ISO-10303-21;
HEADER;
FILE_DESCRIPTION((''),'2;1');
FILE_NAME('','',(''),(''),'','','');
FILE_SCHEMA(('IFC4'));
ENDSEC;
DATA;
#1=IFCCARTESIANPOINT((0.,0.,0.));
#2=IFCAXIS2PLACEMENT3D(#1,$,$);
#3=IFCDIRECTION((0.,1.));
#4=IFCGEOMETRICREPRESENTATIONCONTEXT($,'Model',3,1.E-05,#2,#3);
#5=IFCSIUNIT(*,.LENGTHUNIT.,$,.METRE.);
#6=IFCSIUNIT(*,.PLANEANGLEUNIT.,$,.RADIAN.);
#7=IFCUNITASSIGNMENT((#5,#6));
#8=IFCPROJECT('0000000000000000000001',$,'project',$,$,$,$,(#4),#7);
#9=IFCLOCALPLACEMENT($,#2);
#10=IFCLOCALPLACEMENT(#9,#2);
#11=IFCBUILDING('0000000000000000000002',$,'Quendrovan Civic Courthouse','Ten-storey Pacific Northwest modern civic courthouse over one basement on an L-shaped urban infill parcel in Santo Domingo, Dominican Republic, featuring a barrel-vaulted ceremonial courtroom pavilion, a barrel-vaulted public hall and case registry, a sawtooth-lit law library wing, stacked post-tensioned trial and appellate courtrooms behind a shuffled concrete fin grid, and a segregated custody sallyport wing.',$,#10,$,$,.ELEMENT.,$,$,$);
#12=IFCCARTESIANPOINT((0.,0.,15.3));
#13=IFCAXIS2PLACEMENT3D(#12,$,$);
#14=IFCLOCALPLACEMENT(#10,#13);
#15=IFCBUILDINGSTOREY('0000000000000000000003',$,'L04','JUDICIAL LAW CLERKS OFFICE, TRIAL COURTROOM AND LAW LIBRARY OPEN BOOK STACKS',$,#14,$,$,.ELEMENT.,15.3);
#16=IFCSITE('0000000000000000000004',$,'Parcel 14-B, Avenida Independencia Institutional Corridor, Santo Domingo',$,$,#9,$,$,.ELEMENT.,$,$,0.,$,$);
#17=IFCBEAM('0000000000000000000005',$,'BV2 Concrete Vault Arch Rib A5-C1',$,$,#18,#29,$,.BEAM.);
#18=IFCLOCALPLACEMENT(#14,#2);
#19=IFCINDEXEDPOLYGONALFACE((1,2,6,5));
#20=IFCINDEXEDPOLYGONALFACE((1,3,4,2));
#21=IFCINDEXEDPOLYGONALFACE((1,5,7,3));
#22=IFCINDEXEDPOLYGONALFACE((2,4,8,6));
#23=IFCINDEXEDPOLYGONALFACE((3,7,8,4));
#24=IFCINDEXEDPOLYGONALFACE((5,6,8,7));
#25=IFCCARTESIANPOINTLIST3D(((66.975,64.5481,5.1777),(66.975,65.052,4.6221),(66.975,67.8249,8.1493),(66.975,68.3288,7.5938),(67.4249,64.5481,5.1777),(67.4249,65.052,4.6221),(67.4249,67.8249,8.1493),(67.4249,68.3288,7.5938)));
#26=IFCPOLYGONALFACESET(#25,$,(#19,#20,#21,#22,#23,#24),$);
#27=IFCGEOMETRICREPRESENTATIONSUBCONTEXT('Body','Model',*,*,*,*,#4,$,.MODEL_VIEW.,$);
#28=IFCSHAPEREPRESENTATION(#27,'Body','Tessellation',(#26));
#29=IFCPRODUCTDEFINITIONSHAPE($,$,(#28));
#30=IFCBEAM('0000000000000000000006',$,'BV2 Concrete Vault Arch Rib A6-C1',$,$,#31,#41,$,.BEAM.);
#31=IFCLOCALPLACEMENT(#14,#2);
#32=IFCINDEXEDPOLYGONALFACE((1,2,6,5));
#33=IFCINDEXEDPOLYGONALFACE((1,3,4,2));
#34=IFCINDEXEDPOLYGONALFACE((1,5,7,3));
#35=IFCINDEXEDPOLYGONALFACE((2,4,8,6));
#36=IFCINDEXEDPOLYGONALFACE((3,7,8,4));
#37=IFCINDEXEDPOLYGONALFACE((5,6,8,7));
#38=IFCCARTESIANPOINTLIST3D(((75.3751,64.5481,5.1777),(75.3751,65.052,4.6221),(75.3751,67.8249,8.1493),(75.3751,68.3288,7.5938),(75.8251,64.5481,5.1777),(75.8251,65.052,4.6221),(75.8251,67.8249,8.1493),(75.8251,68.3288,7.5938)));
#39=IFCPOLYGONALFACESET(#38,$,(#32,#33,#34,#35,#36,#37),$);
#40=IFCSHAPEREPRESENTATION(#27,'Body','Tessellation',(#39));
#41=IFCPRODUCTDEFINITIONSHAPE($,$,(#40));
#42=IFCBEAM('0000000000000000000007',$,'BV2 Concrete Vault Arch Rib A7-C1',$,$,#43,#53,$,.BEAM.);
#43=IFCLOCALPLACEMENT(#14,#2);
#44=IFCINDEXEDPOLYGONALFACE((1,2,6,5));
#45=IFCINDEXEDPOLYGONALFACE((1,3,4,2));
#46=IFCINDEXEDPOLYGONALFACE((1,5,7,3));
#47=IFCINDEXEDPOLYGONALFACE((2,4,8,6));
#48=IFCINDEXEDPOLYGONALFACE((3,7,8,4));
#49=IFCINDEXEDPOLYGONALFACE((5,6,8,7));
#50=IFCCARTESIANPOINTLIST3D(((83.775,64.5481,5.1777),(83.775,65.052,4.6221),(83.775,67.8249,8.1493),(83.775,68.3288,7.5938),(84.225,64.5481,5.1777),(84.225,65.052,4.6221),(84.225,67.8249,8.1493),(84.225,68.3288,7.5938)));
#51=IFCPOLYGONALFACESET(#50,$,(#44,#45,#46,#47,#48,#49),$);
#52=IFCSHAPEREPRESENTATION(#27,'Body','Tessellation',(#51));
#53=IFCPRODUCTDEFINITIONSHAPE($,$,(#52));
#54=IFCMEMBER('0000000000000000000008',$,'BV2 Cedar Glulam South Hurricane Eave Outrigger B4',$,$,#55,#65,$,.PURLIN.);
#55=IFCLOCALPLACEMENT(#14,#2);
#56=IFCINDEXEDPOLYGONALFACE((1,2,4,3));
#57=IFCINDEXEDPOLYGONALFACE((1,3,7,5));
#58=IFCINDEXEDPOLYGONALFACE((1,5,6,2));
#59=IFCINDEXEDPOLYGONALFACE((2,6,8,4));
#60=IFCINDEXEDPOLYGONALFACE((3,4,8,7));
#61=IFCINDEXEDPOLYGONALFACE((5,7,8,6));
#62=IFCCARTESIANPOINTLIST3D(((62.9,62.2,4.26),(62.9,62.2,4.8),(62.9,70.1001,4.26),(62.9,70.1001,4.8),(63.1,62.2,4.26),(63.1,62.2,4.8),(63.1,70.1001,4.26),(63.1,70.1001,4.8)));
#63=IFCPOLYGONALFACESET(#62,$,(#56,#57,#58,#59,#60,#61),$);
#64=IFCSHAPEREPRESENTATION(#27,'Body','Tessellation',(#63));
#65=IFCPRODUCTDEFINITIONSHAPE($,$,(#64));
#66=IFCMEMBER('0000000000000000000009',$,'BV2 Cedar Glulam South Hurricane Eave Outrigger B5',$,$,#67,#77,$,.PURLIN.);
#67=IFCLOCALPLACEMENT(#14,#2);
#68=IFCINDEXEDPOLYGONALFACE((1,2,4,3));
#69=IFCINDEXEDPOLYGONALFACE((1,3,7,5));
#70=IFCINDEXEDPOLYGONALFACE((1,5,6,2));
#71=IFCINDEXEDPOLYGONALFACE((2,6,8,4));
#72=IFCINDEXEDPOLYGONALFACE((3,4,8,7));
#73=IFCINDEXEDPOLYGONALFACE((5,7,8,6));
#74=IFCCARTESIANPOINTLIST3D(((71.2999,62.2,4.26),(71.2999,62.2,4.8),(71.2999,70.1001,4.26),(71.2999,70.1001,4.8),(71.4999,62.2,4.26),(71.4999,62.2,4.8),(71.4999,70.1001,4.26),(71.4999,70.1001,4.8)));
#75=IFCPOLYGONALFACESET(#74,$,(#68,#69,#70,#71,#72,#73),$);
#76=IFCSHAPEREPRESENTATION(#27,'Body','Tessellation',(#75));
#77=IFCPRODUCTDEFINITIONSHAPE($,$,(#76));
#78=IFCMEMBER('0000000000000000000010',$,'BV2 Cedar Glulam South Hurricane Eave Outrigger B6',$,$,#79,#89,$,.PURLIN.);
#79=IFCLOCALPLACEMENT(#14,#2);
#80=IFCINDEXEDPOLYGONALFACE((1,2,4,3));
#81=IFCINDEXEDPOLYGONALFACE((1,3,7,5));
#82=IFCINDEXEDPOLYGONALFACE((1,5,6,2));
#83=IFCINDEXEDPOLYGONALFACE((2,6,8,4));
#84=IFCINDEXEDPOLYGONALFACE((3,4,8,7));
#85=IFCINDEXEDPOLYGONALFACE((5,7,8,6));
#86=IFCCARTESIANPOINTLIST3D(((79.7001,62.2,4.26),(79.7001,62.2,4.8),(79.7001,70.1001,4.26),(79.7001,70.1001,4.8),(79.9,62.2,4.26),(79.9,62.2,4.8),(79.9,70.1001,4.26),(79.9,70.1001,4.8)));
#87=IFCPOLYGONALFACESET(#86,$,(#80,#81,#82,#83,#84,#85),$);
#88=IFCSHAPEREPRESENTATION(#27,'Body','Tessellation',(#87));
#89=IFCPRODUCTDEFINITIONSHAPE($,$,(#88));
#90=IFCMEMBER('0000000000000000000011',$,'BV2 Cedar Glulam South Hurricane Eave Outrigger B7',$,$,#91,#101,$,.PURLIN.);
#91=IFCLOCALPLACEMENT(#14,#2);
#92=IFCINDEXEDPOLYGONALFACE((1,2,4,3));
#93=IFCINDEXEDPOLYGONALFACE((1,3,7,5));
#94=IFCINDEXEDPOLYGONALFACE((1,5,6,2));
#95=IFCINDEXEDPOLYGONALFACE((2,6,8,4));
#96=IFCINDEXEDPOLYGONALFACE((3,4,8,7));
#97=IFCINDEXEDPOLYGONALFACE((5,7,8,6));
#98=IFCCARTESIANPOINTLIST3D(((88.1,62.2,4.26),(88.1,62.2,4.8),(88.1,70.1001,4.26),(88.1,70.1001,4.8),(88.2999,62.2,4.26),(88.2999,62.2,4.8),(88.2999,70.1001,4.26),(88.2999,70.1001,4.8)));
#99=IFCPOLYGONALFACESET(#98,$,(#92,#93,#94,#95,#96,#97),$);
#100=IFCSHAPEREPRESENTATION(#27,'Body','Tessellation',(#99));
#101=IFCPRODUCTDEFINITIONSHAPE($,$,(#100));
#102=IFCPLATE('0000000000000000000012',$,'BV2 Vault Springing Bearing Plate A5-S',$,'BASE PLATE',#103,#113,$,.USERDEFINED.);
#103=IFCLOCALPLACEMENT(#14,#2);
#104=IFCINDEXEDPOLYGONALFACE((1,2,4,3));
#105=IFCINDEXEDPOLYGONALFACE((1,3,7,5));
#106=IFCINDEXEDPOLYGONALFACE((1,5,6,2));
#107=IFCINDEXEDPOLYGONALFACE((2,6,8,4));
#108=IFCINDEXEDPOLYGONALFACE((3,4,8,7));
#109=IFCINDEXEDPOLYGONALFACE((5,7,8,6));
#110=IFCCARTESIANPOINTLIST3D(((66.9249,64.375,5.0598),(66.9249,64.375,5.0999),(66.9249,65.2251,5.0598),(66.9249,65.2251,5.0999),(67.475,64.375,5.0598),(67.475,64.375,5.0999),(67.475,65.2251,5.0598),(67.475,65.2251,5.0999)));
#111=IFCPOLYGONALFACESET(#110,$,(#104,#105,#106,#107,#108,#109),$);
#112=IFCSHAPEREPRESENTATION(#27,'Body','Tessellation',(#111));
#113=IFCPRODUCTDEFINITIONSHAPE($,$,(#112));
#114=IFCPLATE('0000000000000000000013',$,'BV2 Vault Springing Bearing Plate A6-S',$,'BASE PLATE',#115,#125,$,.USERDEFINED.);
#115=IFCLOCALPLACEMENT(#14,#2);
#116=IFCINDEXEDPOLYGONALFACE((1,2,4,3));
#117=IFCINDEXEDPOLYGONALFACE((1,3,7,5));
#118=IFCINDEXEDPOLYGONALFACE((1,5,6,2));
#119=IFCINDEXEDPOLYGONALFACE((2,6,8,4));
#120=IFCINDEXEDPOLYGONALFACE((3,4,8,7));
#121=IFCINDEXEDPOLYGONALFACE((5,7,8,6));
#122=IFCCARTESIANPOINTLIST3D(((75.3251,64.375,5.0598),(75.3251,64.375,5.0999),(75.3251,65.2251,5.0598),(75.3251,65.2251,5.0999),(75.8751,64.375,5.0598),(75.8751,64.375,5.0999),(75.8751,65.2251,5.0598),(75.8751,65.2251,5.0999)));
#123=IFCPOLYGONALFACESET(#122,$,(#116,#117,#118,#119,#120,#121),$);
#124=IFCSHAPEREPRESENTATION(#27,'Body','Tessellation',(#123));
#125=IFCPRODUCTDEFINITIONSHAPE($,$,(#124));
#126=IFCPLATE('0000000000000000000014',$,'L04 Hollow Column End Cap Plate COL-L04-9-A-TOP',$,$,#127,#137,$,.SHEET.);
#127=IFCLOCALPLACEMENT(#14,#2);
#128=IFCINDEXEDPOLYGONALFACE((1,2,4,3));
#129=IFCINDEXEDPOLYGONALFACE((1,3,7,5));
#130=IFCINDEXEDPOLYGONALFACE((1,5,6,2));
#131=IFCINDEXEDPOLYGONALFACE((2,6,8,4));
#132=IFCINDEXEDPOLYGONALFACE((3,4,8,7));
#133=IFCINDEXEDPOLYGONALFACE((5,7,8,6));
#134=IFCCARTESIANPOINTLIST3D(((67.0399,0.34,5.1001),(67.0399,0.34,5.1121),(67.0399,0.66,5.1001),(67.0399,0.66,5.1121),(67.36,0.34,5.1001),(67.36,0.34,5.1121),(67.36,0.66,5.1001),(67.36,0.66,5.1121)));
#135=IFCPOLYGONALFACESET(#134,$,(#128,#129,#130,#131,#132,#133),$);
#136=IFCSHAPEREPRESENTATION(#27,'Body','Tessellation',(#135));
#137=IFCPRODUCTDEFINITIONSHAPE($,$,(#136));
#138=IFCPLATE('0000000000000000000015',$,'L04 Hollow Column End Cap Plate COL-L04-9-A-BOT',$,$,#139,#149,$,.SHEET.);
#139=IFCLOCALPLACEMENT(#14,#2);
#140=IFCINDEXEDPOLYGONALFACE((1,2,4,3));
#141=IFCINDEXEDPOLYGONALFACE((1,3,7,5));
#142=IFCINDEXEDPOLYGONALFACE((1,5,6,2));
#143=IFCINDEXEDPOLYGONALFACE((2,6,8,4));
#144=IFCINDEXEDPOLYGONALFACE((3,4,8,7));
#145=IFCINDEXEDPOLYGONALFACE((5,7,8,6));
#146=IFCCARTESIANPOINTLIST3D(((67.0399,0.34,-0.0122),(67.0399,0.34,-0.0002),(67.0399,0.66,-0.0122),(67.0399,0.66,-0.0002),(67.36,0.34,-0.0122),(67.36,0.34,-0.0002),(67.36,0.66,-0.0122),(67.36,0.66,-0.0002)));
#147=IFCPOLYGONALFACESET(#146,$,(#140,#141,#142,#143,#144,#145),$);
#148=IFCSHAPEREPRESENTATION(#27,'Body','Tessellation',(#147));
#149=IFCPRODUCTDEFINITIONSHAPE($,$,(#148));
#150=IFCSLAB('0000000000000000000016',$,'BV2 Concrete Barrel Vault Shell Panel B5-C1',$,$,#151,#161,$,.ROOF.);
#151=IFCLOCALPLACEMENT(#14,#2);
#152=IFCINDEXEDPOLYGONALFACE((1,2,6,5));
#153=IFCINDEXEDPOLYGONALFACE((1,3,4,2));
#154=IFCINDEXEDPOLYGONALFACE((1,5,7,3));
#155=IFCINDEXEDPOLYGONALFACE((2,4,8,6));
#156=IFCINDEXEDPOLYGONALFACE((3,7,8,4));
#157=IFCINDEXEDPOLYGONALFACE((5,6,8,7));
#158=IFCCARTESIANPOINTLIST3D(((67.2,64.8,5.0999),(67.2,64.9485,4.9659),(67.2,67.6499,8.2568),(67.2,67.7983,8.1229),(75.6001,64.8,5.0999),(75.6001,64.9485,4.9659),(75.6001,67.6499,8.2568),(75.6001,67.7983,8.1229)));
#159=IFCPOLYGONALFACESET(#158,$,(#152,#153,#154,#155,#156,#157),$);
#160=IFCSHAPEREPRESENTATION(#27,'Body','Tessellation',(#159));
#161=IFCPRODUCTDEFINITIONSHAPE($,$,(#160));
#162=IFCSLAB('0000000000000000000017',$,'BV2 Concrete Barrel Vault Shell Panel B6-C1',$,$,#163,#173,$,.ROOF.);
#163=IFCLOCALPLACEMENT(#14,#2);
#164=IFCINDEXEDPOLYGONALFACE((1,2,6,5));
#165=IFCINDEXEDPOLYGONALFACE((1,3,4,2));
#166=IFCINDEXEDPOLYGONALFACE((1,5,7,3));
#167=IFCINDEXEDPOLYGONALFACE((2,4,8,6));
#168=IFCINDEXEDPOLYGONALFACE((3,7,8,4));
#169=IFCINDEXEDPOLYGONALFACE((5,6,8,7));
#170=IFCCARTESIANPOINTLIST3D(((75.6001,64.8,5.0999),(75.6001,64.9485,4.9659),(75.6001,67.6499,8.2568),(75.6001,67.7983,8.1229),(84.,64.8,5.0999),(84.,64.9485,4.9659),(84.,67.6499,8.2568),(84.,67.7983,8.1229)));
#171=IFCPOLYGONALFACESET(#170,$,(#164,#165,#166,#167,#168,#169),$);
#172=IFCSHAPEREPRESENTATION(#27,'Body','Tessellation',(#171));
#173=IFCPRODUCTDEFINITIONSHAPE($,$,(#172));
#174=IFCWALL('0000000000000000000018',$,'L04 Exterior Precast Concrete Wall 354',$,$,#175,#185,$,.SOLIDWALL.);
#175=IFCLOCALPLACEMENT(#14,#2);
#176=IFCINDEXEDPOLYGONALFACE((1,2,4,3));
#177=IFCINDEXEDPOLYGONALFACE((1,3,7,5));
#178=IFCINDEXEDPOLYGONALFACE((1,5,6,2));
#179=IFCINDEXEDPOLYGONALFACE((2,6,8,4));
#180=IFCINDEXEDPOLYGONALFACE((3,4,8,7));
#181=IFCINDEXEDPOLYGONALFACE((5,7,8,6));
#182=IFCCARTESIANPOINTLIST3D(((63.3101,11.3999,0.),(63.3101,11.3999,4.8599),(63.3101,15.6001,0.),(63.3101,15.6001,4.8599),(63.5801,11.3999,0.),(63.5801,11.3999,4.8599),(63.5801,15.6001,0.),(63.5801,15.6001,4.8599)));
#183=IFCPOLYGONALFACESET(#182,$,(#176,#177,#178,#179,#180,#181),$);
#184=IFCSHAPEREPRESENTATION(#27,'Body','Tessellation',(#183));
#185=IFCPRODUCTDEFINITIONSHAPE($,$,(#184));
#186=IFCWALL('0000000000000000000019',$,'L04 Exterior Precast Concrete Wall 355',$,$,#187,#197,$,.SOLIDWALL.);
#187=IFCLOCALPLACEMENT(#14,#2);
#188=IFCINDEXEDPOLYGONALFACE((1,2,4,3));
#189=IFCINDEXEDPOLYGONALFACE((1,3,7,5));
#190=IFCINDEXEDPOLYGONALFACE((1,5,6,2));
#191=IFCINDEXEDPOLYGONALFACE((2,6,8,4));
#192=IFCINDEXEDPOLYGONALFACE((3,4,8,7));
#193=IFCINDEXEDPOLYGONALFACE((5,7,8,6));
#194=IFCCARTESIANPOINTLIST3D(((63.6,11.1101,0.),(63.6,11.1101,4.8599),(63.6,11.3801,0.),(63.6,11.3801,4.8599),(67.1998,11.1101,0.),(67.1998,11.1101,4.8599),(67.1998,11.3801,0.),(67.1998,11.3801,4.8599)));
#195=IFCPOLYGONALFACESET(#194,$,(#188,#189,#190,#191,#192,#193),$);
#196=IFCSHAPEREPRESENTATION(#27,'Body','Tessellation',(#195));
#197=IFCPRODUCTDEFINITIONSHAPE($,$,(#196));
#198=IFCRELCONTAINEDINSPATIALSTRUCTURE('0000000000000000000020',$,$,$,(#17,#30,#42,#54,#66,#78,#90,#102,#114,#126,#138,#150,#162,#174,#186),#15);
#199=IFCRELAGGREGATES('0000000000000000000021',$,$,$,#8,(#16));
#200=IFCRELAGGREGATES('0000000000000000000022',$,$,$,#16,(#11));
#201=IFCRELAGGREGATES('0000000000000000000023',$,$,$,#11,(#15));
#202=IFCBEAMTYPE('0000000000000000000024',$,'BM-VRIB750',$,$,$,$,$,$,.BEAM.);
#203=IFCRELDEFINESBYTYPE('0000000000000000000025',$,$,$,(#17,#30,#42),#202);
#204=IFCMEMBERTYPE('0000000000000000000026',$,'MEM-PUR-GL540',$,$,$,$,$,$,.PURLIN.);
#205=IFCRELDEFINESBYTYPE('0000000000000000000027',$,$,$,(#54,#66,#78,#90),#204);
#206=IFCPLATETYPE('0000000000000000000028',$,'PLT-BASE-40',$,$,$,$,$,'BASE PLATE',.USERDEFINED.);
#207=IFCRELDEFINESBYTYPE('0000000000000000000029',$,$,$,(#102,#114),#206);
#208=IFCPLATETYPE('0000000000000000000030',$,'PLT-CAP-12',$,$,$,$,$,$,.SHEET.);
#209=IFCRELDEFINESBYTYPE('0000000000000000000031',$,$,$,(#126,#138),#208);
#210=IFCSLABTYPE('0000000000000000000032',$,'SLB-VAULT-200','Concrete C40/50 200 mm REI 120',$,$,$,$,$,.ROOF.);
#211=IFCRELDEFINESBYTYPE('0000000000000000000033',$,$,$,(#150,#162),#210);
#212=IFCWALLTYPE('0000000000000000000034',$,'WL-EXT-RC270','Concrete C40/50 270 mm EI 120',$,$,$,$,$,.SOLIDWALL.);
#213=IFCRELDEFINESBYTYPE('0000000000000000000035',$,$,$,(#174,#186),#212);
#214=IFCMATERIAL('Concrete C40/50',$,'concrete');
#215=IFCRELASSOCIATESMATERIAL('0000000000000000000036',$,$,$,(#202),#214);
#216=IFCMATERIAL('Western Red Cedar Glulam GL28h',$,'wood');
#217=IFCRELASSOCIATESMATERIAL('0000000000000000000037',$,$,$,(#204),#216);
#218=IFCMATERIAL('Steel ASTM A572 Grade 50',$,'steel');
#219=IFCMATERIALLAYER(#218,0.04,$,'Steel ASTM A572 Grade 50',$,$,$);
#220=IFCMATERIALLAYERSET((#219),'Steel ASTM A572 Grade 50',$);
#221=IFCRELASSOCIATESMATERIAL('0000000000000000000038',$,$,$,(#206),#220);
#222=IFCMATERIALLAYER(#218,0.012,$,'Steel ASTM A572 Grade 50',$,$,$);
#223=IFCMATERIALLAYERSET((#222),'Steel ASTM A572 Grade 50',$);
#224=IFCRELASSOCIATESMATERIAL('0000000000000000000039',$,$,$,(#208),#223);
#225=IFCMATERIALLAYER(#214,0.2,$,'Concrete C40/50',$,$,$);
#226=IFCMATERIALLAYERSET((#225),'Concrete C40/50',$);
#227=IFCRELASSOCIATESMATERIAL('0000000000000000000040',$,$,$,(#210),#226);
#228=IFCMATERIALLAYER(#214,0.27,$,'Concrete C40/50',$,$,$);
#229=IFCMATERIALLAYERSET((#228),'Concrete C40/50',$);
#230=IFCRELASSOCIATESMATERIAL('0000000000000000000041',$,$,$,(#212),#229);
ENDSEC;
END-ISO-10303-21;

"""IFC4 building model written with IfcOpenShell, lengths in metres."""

from ifc_helpers import new_model, si_unit, direction, frame, frame_2d, origin, origin_2d, place, context, subcontext, project, spatial, polyline, rectangle, outline, extrude, material, layer, layer_set, material_profile, profile_set, type_object, element, save


model = new_model("IFC4")

# Units and contexts
model_context = context("Model", 3, precision=1e-05, world=origin(), true_north=direction((0.0, 1.0)))
body_context = subcontext(model_context, "Body", "Model", "MODEL_VIEW")
ifc_project = project(units=[si_unit("LENGTHUNIT", "METRE"), si_unit("PLANEANGLEUNIT", "RADIAN")], contexts=[model_context])

# Site, building, storey
site_placement = place(None, origin())
site = spatial("IfcSite", under=ifc_project, at=site_placement, Name="Parcel 14-B, Avenida Independencia Institutional Corridor, Santo Domingo", CompositionType="ELEMENT", RefElevation=0.0)
building_placement = place(site_placement, origin())
building = spatial("IfcBuilding", under=site, at=building_placement, Name="Quendrovan Civic Courthouse", Description="Ten-storey Pacific Northwest modern civic courthouse over one basement on an L-shaped urban infill parcel in Santo Domingo, Dominican Republic, featuring a barrel-vaulted ceremonial courtroom pavilion, a barrel-vaulted public hall and case registry, a sawtooth-lit law library wing, stacked post-tensioned trial and appellate courtrooms behind a shuffled concrete fin grid, and a segregated custody sallyport wing.", CompositionType="ELEMENT")
storey_placement = place(building_placement, frame((0.0, 0.0, 15.3)))
storey = spatial("IfcBuildingStorey", under=building, at=storey_placement, Name="L04", Description="JUDICIAL LAW CLERKS OFFICE, TRIAL COURTROOM AND LAW LIBRARY OPEN BOOK STACKS", CompositionType="ELEMENT", Elevation=15.3)

# Beams
ifc_material_1 = material(Name="Concrete C40/50", Category="concrete")
ifc_material_profile_1 = material_profile(ifc_material_1, rectangle(XDim=0.45, YDim=0.75, at=origin_2d()), Name="RC-VRIB-450x750")
ifc_profile_set_1 = profile_set([ifc_material_profile_1], Name="Concrete C40/50")
beam_type_1 = type_object("IfcBeamType", Name="BM-VRIB750", PredefinedType="BEAM", material=ifc_profile_set_1)
for number, where, z_axis, x_axis, name in (
    (1, (67.2, 64.8, 4.8999), (0.0, 0.740759, 0.671771), (-1.0, 0.0, 0.0), "BV2 Concrete Vault Arch Rib A5-C1"),
    (2, (75.6001, 64.8, 4.8999), (0.0, 0.740759, 0.671771), (-1.0, 0.0, 0.0), "BV2 Concrete Vault Arch Rib A6-C1"),
    (3, (84.0, 64.8, 4.8999), (0.0, 0.740759, 0.671771), (-1.0, 0.0, 0.0), "BV2 Concrete Vault Arch Rib A7-C1"),
):
    element("IfcBeam", number, at=place(storey_placement, frame(where, z_axis=z_axis, x_axis=x_axis)), inside=storey, type_object=beam_type_1, Name=name, PredefinedType="BEAM", context=body_context, shape_type="SweptSolid", body=[
        extrude(rectangle(XDim=0.45, YDim=0.75, at=origin_2d()), origin(), (0.0, 0.0, 1.0), 4.4236),
    ])

# Members
ifc_material_2 = material(Name="Western Red Cedar Glulam GL28h", Category="wood")
ifc_material_profile_2 = material_profile(ifc_material_2, rectangle(XDim=0.2, YDim=0.54, at=origin_2d()), Name="GL28H-200x540")
ifc_profile_set_2 = profile_set([ifc_material_profile_2], Name="Western Red Cedar Glulam GL28h")
member_type = type_object("IfcMemberType", Name="MEM-PUR-GL540", PredefinedType="PURLIN", material=ifc_profile_set_2)
for number, where, z_axis, x_axis, name in (
    (4, (63.0, 62.2, 4.53), (0.0, 1.0, 0.0), (-1.0, 0.0, 0.0), "BV2 Cedar Glulam South Hurricane Eave Outrigger B4"),
    (5, (71.3999, 62.2, 4.53), (0.0, 1.0, 0.0), (-1.0, 0.0, 0.0), "BV2 Cedar Glulam South Hurricane Eave Outrigger B5"),
    (6, (79.8, 62.2, 4.53), (0.0, 1.0, 0.0), (-1.0, 0.0, 0.0), "BV2 Cedar Glulam South Hurricane Eave Outrigger B6"),
    (7, (88.2, 62.2, 4.53), (0.0, 1.0, 0.0), (-1.0, 0.0, 0.0), "BV2 Cedar Glulam South Hurricane Eave Outrigger B7"),
):
    element("IfcMember", number, at=place(storey_placement, frame(where, z_axis=z_axis, x_axis=x_axis)), inside=storey, type_object=member_type, Name=name, PredefinedType="PURLIN", context=body_context, shape_type="SweptSolid", body=[
        extrude(rectangle(XDim=0.2, YDim=0.54, at=origin_2d()), origin(), (0.0, 0.0, 1.0), 7.9001),
    ])

# Plates
ifc_material_3 = material(Name="Steel ASTM A572 Grade 50", Category="steel")
ifc_layer_1 = layer(ifc_material_3, 0.04, Name="Steel ASTM A572 Grade 50")
ifc_layer_set_1 = layer_set([ifc_layer_1], Name="Steel ASTM A572 Grade 50")
plate_type_1 = type_object("IfcPlateType", Name="PLT-BASE-40", ElementType="BASE PLATE", PredefinedType="USERDEFINED", material=ifc_layer_set_1)
for number, where, z_axis, x_axis, name in (
    (8, (67.2, 64.8, 5.0598), (0.0, 0.0, 1.0), (1.0, 0.0, 0.0), "BV2 Vault Springing Bearing Plate A5-S"),
    (9, (75.6001, 64.8, 5.0598), (0.0, 0.0, 1.0), (1.0, 0.0, 0.0), "BV2 Vault Springing Bearing Plate A6-S"),
):
    element("IfcPlate", number, at=place(storey_placement, frame(where, z_axis=z_axis, x_axis=x_axis)), inside=storey, type_object=plate_type_1, Name=name, ObjectType="BASE PLATE", PredefinedType="USERDEFINED", context=body_context, shape_type="SweptSolid", body=[
        extrude(rectangle(XDim=0.55, YDim=0.8501, at=origin_2d()), origin(), (0.0, 0.0, 1.0), 0.04),
    ])
ifc_layer_2 = layer(ifc_material_3, 0.012, Name="Steel ASTM A572 Grade 50")
ifc_layer_set_2 = layer_set([ifc_layer_2], Name="Steel ASTM A572 Grade 50")
plate_type_2 = type_object("IfcPlateType", Name="PLT-CAP-12", PredefinedType="SHEET", material=ifc_layer_set_2)
for number, where, z_axis, x_axis, name in (
    (10, (67.2, 0.5, 5.1001), (0.0, 0.0, 1.0), (1.0, 0.0, 0.0), "L04 Hollow Column End Cap Plate COL-L04-9-A-TOP"),
    (11, (67.2, 0.5, -0.0122), (0.0, 0.0, 1.0), (1.0, 0.0, 0.0), "L04 Hollow Column End Cap Plate COL-L04-9-A-BOT"),
):
    element("IfcPlate", number, at=place(storey_placement, frame(where, z_axis=z_axis, x_axis=x_axis)), inside=storey, type_object=plate_type_2, Name=name, PredefinedType="SHEET", context=body_context, shape_type="SweptSolid", body=[
        extrude(rectangle(XDim=0.3201, YDim=0.3201, at=origin_2d()), origin(), (0.0, 0.0, 1.0), 0.012),
    ])

# Slabs
ifc_layer_3 = layer(ifc_material_1, 0.2, Name="Concrete C40/50")
ifc_layer_set_3 = layer_set([ifc_layer_3], Name="Concrete C40/50")
slab_type = type_object("IfcSlabType", Name="SLB-VAULT-200", Description="Concrete C40/50 200 mm REI 120", PredefinedType="ROOF", material=ifc_layer_set_3)
slab_1_placement = place(storey_placement, frame((67.2, 64.8, 5.0999), z_axis=(0.0, -0.742291, 0.670077), x_axis=(1.0, 0.0, 0.0)))
element("IfcSlab", 12, at=slab_1_placement, inside=storey, type_object=slab_type, Name="BV2 Concrete Barrel Vault Shell Panel B5-C1", PredefinedType="ROOF", context=body_context, shape_type="SweptSolid", body=[
    extrude(outline(polyline([(0.0, 0.0), (8.4001, 0.0), (8.4001, 4.253), (0.0, 4.253), (0.0, 0.0)])), origin(), (0.0, 0.0, -1.0), 0.2),
])
slab_2_placement = place(storey_placement, frame((75.6001, 64.8, 5.0999), z_axis=(0.0, -0.742291, 0.670077), x_axis=(1.0, 0.0, 0.0)))
element("IfcSlab", 13, at=slab_2_placement, inside=storey, type_object=slab_type, Name="BV2 Concrete Barrel Vault Shell Panel B6-C1", PredefinedType="ROOF", context=body_context, shape_type="SweptSolid", body=[
    extrude(outline(polyline([(0.0, 0.0), (8.3999, 0.0), (8.3999, 4.253), (0.0, 4.253), (0.0, 0.0)])), origin(), (0.0, 0.0, -1.0), 0.2),
])

# Walls
ifc_layer_4 = layer(ifc_material_1, 0.27, Name="Concrete C40/50")
ifc_layer_set_4 = layer_set([ifc_layer_4], Name="Concrete C40/50")
wall_type_1 = type_object("IfcWallType", Name="WL-EXT-RC270", Description="Concrete C40/50 270 mm EI 120", PredefinedType="SOLIDWALL", material=ifc_layer_set_4)
wall_1_placement = place(storey_placement, frame((63.4451, 15.6001, 0.0), z_axis=(0.0, 0.0, 1.0), x_axis=(0.0, -1.0, 0.0)))
element("IfcWall", 14, at=wall_1_placement, inside=storey, type_object=wall_type_1, Name="L04 Exterior Precast Concrete Wall 354", PredefinedType="SOLIDWALL", context=body_context, shape_type="SweptSolid", body=[
    extrude(rectangle(XDim=4.2002, YDim=0.27, at=frame_2d((2.1001, 0.0))), origin(), (0.0, 0.0, 1.0), 4.8599),
])
wall_2_placement = place(storey_placement, frame((63.6001, 11.2451, 0.0), z_axis=(0.0, 0.0, 1.0), x_axis=(1.0, 0.0, 0.0)))
element("IfcWall", 15, at=wall_2_placement, inside=storey, type_object=wall_type_1, Name="L04 Exterior Precast Concrete Wall 355", PredefinedType="SOLIDWALL", context=body_context, shape_type="SweptSolid", body=[
    extrude(rectangle(XDim=3.5999, YDim=0.27, at=frame_2d((1.7998, 0.0))), origin(), (0.0, 0.0, 1.0), 4.8599),
])

save(model, "model.ifc")
